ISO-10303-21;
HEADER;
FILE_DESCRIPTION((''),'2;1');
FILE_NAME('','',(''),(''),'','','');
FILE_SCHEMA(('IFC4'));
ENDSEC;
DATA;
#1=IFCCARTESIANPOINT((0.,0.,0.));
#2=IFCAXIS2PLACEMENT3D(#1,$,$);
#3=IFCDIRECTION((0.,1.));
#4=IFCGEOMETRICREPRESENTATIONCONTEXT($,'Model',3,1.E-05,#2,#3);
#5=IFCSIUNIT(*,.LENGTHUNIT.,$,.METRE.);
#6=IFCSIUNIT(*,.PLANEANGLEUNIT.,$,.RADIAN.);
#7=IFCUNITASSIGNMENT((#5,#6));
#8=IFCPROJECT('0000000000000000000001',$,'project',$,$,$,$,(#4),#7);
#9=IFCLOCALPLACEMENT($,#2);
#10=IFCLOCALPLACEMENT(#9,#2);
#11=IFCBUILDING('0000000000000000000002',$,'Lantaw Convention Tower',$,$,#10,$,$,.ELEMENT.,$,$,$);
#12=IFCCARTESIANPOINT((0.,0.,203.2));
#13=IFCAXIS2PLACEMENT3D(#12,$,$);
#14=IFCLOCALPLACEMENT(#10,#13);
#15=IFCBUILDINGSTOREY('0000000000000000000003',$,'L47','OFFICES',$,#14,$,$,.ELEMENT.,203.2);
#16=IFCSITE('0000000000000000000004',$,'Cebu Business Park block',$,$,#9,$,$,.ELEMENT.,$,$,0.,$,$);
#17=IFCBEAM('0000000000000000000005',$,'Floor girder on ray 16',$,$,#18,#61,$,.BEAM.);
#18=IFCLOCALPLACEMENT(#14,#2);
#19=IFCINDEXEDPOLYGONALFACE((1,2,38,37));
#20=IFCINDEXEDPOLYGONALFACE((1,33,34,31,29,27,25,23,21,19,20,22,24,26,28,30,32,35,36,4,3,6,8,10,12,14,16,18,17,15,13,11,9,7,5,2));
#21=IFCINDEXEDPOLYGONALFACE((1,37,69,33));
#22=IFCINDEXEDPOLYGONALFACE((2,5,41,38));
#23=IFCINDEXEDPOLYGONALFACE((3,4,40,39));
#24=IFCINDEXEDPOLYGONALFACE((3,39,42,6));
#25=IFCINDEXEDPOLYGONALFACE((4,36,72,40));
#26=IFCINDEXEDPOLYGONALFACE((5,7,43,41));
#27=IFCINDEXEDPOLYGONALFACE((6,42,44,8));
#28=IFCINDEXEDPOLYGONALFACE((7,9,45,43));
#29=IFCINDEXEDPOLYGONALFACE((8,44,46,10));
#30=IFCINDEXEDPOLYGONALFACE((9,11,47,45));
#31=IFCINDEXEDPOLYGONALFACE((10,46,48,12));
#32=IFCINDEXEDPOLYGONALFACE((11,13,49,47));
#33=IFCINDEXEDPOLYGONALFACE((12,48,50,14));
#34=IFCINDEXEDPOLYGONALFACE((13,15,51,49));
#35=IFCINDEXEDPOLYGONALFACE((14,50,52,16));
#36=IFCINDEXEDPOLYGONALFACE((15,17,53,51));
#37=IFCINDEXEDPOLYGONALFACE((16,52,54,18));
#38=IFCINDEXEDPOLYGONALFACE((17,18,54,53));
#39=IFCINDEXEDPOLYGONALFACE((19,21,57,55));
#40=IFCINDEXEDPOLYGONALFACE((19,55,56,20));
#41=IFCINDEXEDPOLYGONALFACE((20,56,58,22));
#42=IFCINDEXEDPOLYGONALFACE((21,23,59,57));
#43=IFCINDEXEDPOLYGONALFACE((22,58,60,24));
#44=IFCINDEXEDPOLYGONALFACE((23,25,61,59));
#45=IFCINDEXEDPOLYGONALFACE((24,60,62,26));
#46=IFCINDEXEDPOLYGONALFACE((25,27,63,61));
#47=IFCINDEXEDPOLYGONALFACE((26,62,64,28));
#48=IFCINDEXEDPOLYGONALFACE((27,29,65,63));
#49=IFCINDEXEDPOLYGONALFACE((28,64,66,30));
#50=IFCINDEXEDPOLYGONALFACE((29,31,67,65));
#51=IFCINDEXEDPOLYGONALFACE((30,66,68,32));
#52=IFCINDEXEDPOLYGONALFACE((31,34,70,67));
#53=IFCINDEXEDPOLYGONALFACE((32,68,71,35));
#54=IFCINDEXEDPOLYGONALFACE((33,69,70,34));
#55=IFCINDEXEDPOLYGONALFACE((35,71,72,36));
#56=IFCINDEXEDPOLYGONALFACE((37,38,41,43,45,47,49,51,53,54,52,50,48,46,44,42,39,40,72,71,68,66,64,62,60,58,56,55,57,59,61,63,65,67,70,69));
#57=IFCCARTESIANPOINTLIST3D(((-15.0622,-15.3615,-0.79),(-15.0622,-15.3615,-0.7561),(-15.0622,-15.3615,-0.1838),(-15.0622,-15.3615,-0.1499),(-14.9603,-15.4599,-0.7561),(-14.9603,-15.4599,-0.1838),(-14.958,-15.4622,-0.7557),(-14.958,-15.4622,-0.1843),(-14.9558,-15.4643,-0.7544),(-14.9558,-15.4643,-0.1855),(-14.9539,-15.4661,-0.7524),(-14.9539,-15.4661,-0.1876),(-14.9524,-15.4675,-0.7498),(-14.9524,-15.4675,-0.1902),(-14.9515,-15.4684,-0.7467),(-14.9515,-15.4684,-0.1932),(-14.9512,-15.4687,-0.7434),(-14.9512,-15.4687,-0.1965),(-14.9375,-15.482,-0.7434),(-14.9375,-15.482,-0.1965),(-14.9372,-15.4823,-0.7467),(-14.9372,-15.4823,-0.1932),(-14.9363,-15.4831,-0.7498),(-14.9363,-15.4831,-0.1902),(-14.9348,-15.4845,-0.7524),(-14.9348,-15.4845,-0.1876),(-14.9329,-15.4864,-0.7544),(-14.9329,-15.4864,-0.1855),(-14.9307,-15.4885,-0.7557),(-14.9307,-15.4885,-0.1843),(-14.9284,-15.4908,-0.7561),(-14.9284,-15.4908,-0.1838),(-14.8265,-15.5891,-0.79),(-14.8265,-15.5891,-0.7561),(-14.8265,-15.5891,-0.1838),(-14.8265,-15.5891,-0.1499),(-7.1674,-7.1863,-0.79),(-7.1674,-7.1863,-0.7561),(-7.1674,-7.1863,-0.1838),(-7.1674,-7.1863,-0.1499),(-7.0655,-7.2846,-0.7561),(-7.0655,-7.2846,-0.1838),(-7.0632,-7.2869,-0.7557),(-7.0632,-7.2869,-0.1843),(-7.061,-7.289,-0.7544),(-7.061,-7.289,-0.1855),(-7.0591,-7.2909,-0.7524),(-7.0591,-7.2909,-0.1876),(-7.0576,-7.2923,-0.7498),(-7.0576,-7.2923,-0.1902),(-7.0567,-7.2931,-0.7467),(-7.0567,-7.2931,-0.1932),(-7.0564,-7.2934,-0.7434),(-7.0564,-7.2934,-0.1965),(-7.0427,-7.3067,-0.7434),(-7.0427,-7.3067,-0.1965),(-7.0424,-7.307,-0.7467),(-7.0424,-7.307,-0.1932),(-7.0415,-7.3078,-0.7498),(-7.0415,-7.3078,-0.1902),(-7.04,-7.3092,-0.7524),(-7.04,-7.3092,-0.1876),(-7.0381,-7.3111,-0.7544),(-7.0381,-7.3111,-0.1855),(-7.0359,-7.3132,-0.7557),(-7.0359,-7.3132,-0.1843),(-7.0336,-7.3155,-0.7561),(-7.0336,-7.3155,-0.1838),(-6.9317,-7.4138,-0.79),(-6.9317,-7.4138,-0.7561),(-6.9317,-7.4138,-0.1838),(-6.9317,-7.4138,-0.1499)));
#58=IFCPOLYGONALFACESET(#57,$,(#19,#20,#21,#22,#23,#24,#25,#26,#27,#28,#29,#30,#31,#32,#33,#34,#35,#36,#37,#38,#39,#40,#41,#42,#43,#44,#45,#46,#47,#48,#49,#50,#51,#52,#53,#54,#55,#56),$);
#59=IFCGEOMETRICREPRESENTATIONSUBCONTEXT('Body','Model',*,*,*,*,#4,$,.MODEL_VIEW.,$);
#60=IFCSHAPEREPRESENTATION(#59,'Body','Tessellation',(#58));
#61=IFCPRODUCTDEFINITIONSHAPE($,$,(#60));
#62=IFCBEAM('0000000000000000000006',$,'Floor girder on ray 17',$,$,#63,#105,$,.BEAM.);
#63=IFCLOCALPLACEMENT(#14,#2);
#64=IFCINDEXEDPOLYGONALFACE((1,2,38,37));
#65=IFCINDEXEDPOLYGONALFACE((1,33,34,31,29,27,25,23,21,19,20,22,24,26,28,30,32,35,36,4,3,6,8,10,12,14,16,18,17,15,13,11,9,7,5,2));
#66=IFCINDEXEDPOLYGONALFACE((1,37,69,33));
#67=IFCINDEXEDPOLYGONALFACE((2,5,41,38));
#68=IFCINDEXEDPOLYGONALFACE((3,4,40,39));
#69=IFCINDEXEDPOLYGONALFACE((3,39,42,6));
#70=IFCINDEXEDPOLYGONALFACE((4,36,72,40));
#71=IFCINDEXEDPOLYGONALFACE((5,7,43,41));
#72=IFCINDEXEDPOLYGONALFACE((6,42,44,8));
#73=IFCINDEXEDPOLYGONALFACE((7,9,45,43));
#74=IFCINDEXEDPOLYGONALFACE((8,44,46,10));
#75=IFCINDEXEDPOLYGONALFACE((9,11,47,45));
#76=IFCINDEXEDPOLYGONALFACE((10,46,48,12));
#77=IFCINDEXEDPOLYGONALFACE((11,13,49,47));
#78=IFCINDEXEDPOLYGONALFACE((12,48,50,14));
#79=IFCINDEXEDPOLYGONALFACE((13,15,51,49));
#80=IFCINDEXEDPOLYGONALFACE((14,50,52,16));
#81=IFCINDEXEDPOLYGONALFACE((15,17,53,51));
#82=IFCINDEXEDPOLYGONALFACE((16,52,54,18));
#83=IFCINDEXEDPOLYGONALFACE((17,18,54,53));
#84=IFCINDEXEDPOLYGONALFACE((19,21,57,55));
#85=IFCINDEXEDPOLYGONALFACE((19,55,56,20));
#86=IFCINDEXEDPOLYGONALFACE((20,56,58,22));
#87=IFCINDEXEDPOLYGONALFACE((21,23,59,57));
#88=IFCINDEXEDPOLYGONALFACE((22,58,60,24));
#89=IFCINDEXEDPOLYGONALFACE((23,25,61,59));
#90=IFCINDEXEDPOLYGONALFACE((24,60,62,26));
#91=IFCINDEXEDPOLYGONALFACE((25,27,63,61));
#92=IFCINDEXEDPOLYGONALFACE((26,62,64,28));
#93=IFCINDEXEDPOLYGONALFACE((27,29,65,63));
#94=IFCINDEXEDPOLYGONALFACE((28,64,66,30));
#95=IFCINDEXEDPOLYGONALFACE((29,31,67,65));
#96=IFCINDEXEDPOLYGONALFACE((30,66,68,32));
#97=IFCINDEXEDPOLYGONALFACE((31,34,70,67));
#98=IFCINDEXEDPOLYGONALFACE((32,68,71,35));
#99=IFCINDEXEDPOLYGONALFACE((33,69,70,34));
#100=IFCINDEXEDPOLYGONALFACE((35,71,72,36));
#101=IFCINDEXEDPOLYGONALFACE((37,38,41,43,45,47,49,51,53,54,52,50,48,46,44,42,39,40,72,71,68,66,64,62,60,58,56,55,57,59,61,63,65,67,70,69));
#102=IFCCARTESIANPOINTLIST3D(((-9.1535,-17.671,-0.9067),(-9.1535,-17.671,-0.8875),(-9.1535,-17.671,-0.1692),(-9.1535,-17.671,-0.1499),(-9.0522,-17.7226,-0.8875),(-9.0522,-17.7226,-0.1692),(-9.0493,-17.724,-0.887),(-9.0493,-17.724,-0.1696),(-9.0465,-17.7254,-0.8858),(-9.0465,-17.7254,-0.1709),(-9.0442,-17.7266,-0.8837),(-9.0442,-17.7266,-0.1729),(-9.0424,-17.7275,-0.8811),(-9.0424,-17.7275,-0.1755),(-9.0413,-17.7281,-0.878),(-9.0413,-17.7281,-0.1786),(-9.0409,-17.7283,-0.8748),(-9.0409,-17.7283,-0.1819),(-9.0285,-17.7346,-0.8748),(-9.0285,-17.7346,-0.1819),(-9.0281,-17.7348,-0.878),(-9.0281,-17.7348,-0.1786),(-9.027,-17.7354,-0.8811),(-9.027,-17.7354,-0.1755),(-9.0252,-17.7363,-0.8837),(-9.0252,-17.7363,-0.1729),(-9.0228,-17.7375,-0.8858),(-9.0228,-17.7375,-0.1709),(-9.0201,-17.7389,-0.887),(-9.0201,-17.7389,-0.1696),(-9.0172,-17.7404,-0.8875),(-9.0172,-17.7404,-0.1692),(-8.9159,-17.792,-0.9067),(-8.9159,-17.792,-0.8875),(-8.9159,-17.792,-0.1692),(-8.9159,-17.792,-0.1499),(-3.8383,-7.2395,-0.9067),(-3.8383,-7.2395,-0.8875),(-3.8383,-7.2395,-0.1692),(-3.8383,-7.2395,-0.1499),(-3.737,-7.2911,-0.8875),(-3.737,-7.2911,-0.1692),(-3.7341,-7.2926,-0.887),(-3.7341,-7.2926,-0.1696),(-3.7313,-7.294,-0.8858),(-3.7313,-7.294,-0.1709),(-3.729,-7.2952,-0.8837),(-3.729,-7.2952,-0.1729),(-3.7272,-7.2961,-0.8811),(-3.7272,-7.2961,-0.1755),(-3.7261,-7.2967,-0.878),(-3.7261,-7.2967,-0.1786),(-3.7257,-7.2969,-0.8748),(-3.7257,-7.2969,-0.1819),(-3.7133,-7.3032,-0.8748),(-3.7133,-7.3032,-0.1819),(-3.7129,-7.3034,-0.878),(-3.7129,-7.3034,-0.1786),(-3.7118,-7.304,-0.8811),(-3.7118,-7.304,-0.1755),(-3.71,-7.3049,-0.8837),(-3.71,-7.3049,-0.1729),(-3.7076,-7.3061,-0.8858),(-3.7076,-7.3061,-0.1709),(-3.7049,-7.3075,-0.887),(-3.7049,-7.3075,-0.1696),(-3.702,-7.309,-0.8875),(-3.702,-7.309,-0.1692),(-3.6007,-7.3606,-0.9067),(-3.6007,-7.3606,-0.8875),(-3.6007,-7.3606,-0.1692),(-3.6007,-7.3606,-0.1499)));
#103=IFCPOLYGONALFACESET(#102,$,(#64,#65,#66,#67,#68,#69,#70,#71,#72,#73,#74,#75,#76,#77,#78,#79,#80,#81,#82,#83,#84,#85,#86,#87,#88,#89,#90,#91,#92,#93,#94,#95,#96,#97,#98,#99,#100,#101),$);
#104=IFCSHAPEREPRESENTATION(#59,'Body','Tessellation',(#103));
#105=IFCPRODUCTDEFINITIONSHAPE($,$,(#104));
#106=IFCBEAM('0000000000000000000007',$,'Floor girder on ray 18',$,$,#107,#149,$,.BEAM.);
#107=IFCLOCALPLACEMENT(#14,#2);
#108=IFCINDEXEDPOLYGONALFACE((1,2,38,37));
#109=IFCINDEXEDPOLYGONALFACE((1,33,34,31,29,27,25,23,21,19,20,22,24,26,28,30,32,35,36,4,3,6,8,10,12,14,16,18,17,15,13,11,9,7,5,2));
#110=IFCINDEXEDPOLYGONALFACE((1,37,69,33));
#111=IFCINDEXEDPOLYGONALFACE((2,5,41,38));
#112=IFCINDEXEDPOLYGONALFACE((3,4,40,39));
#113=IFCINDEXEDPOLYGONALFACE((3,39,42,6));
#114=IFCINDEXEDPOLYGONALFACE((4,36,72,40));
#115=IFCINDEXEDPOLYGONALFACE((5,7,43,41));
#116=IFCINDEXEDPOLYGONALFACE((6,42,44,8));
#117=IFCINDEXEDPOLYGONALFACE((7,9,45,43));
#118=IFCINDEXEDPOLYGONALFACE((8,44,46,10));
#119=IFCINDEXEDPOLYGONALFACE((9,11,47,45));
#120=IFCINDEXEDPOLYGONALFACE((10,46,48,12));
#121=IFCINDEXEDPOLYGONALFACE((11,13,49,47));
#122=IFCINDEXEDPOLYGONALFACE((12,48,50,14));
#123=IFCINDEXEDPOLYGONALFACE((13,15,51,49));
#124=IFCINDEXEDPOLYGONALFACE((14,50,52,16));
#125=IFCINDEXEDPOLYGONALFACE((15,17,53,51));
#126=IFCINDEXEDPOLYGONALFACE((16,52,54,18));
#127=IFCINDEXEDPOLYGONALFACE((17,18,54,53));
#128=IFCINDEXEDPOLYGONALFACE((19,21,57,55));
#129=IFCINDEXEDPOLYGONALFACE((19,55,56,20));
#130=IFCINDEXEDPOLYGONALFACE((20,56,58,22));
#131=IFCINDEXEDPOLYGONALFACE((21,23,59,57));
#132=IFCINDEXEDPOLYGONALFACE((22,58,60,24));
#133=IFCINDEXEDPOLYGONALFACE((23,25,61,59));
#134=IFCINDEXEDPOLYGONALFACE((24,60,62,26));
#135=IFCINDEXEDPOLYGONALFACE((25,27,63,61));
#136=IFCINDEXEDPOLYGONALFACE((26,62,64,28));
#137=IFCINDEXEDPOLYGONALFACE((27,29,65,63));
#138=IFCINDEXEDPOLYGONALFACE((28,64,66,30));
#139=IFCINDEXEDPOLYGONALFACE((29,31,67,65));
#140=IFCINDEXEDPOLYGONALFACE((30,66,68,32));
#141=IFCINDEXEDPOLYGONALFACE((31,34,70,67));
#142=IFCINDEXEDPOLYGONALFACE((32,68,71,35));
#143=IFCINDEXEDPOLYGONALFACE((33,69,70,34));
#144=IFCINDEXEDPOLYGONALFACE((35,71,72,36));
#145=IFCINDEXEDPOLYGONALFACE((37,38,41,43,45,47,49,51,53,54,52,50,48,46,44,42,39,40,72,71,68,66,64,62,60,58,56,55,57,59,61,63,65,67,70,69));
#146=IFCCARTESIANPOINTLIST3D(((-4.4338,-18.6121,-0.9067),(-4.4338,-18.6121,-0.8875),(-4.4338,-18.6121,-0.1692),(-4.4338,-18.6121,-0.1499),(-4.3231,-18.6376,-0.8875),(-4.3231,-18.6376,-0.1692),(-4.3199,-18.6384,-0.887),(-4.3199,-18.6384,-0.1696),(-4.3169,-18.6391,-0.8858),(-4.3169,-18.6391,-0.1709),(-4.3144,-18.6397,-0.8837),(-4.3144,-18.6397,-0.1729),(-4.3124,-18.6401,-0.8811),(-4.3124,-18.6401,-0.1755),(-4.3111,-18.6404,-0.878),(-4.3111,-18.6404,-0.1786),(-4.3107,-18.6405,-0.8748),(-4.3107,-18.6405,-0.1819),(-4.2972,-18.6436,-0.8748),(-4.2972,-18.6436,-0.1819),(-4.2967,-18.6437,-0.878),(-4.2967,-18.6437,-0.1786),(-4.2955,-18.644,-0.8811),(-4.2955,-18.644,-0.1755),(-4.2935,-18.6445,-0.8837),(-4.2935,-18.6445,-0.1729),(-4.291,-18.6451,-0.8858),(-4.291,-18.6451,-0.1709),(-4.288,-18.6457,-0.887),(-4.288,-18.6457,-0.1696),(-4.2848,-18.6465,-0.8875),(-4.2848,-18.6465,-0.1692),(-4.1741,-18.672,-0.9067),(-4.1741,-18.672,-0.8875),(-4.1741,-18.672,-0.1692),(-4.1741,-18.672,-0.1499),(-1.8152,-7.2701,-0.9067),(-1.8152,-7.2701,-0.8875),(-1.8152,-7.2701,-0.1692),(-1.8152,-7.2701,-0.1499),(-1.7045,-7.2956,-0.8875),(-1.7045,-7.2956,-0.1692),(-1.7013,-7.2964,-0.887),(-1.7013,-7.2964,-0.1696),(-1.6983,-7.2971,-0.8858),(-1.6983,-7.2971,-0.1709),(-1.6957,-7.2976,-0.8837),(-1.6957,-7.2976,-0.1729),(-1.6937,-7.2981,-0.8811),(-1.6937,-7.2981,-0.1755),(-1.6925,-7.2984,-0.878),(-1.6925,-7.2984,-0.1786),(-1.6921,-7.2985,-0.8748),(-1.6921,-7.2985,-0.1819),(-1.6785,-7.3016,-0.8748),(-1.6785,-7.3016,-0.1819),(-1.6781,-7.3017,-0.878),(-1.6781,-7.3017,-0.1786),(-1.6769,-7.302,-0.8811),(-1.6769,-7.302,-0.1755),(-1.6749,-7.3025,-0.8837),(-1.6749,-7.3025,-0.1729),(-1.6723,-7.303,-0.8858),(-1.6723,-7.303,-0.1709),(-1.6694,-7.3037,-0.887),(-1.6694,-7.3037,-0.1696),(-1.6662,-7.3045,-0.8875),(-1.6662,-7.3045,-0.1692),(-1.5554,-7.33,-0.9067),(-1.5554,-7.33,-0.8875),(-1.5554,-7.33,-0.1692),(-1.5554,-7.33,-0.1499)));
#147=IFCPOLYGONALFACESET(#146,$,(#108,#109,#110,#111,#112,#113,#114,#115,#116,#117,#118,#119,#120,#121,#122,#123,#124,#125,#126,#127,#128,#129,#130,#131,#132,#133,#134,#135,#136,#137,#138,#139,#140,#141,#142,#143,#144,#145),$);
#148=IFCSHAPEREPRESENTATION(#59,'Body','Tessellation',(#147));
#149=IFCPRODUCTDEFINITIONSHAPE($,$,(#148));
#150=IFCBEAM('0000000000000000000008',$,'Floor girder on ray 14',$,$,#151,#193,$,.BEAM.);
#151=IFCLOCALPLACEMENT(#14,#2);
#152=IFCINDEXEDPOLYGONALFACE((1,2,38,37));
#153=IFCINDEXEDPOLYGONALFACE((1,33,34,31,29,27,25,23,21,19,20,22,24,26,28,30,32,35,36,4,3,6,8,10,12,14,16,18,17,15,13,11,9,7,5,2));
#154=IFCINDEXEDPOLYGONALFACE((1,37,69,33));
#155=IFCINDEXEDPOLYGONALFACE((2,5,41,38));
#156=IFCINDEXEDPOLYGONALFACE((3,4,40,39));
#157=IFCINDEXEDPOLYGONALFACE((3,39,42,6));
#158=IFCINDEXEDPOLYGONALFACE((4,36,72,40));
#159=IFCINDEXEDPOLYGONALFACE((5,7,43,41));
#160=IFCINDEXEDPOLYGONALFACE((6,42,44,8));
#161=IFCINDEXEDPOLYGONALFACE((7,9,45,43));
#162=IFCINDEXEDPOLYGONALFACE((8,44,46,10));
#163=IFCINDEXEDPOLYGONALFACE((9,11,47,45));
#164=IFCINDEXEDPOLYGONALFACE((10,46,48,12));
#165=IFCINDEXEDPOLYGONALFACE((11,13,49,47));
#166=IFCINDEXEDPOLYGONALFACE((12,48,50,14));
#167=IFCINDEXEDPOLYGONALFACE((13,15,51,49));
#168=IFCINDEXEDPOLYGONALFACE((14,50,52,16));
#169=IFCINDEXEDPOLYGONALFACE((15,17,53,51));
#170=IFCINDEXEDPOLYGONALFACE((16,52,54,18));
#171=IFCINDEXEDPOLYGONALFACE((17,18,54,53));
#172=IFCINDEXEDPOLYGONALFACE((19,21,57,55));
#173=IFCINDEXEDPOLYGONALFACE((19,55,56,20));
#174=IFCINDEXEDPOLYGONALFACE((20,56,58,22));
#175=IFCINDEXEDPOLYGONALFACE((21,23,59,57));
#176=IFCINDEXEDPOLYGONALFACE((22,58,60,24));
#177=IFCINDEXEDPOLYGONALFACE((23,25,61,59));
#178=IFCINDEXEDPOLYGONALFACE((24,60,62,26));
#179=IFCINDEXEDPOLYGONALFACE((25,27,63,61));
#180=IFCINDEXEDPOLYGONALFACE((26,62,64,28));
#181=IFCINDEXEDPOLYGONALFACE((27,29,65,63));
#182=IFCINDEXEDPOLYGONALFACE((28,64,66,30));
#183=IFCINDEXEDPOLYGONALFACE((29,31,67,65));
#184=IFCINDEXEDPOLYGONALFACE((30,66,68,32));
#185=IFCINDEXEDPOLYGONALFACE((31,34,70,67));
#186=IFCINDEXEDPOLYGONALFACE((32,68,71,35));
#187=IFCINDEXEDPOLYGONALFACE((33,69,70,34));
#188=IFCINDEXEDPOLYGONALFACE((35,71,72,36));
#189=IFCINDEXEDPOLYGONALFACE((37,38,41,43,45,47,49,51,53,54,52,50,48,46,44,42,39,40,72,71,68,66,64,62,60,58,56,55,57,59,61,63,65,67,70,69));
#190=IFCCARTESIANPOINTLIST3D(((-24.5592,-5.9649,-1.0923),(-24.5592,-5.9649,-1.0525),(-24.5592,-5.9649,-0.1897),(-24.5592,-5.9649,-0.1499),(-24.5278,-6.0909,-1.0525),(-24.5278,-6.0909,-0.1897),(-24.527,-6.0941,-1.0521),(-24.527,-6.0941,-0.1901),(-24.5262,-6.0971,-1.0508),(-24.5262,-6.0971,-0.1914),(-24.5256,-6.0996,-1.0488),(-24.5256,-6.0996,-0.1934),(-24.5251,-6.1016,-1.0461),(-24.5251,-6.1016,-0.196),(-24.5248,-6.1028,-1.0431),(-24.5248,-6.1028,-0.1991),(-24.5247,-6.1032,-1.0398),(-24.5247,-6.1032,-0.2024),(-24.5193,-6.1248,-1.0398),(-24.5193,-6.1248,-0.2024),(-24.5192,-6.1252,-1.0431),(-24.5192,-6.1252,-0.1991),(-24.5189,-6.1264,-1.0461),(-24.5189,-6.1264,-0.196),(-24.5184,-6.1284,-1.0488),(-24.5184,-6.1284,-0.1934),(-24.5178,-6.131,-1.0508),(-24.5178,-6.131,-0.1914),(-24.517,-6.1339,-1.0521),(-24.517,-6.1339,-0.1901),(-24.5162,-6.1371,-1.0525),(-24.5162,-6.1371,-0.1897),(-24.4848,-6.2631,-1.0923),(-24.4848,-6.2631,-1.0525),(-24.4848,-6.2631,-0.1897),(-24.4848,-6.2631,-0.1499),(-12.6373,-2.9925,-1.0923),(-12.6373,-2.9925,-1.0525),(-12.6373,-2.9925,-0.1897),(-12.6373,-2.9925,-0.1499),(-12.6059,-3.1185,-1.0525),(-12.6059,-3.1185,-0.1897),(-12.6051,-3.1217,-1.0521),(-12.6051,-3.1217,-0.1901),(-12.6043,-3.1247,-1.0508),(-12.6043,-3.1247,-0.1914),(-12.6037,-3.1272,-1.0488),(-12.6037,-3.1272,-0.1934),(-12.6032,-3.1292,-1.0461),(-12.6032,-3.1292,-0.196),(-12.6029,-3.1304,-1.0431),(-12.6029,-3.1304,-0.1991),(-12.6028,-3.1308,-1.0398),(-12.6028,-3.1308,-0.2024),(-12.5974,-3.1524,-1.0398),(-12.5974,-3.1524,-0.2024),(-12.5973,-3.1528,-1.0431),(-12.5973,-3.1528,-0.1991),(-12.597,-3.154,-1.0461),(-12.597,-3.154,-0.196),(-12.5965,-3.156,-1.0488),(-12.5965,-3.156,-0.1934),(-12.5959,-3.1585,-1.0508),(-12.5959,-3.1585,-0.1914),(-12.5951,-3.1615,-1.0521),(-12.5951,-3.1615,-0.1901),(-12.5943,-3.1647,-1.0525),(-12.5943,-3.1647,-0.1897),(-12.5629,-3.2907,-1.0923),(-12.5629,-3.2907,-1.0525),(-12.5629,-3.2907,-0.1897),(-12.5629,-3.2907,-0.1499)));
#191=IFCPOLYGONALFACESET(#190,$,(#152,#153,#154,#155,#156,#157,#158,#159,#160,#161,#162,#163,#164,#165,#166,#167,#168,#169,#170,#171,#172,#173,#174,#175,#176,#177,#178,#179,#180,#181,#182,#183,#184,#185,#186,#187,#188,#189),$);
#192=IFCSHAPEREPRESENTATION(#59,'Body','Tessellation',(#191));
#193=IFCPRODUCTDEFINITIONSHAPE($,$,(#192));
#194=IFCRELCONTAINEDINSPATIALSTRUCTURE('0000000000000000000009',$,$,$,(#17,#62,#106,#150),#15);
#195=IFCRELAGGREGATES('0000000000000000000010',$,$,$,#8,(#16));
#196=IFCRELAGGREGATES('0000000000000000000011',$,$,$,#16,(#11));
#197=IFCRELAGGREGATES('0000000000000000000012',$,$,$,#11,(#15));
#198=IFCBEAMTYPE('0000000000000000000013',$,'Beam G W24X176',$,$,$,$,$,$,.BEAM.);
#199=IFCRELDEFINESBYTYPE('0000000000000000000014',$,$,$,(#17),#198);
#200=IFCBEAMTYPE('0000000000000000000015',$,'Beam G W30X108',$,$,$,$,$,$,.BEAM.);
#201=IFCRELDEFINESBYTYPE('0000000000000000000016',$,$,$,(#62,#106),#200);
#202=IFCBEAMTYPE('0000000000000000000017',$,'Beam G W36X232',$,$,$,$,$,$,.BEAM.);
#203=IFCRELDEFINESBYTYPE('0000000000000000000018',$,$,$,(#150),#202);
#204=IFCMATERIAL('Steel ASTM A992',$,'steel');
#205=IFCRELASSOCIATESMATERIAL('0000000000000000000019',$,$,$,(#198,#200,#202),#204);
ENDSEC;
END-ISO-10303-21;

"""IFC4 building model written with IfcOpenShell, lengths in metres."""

from ifc_helpers import new_model, si_unit, direction, frame, origin, origin_2d, place, context, subcontext, project, spatial, i_section, extrude, material, material_profile, profile_set, type_object, element, save


model = new_model("IFC4")

# Units and contexts
model_context = context("Model", 3, precision=1e-05, world=origin(), true_north=direction((0.0, 1.0)))
body_context = subcontext(model_context, "Body", "Model", "MODEL_VIEW")
ifc_project = project(units=[si_unit("LENGTHUNIT", "METRE"), si_unit("PLANEANGLEUNIT", "RADIAN")], contexts=[model_context])

# Site, building, storey
site_placement = place(None, origin())
site = spatial("IfcSite", under=ifc_project, at=site_placement, Name="Cebu Business Park block", CompositionType="ELEMENT", RefElevation=0.0)
building_placement = place(site_placement, origin())
building = spatial("IfcBuilding", under=site, at=building_placement, Name="Lantaw Convention Tower", CompositionType="ELEMENT")
storey_placement = place(building_placement, frame((0.0, 0.0, 203.2)))
storey = spatial("IfcBuildingStorey", under=building, at=storey_placement, Name="L47", Description="OFFICES", CompositionType="ELEMENT", Elevation=203.2)

# Beams
ifc_material_1 = material(Name="Steel ASTM A992", Category="steel")
ifc_material_profile_1 = material_profile(ifc_material_1, i_section(OverallWidth=0.3276, OverallDepth=0.6401, WebThickness=0.019, FlangeThickness=0.0339, FilletRadius=0.0127, at=origin_2d()), Name="W24X176")
ifc_profile_set_1 = profile_set([ifc_material_profile_1], Name="Steel ASTM A992")
beam_type_1 = type_object("IfcBeamType", Name="Beam G W24X176", PredefinedType="BEAM", material=ifc_profile_set_1)
beam_1_placement = place(storey_placement, frame((-7.0496, -7.3, -0.47), z_axis=(-0.694658, -0.71934, 0.0), x_axis=(0.71934, -0.694658, 0.0)))
element("IfcBeam", 1, at=beam_1_placement, inside=storey, type_object=beam_type_1, Name="Floor girder on ray 16", PredefinedType="BEAM", context=body_context, shape_type="SweptSolid", body=[
    extrude(i_section(OverallWidth=0.3276, OverallDepth=0.6401, WebThickness=0.019, FlangeThickness=0.0339, FilletRadius=0.0127, at=origin_2d()), origin(), (0.0, 0.0, 1.0), 11.365),
])
ifc_material_profile_2 = material_profile(ifc_material_1, i_section(OverallWidth=0.2666, OverallDepth=0.7568, WebThickness=0.0139, FlangeThickness=0.0193, FilletRadius=0.0127, at=origin_2d()), Name="W30X108")
ifc_profile_set_2 = profile_set([ifc_material_profile_2], Name="Steel ASTM A992")
beam_type_2 = type_object("IfcBeamType", Name="Beam G W30X108", PredefinedType="BEAM", material=ifc_profile_set_2)
beam_2_placement = place(storey_placement, frame((-3.7195, -7.3, -0.5283), z_axis=(-0.453999, -0.891002, 0.0), x_axis=(0.891002, -0.453999, 0.0)))
element("IfcBeam", 2, at=beam_2_placement, inside=storey, type_object=beam_type_2, Name="Floor girder on ray 17", PredefinedType="BEAM", context=body_context, shape_type="SweptSolid", body=[
    extrude(i_section(OverallWidth=0.2666, OverallDepth=0.7568, WebThickness=0.0139, FlangeThickness=0.0193, FilletRadius=0.0127, at=origin_2d()), origin(), (0.0, 0.0, 1.0), 11.7075),
])
beam_3_placement = place(storey_placement, frame((-1.6853, -7.3, -0.5283), z_axis=(-0.224962, -0.974368, 0.0), x_axis=(0.974368, -0.224962, 0.0)))
element("IfcBeam", 3, at=beam_3_placement, inside=storey, type_object=beam_type_2, Name="Floor girder on ray 18", PredefinedType="BEAM", context=body_context, shape_type="SweptSolid", body=[
    extrude(i_section(OverallWidth=0.2666, OverallDepth=0.7568, WebThickness=0.0139, FlangeThickness=0.0193, FilletRadius=0.0127, at=origin_2d()), origin(), (0.0, 0.0, 1.0), 11.6404),
])
ifc_material_profile_3 = material_profile(ifc_material_1, i_section(OverallWidth=0.3074, OverallDepth=0.9424, WebThickness=0.0222, FlangeThickness=0.0398, FilletRadius=0.0127, at=origin_2d()), Name="W36X232")
ifc_profile_set_3 = profile_set([ifc_material_profile_3], Name="Steel ASTM A992")
beam_type_3 = type_object("IfcBeamType", Name="Beam G W36X232", PredefinedType="BEAM", material=ifc_profile_set_3)
beam_4_placement = place(storey_placement, frame((-12.6001, -3.1416, -0.6211), z_axis=(-0.970297, -0.241918, 0.0), x_axis=(0.241918, -0.970297, 0.0)))
element("IfcBeam", 4, at=beam_4_placement, inside=storey, type_object=beam_type_3, Name="Floor girder on ray 14", PredefinedType="BEAM", context=body_context, shape_type="SweptSolid", body=[
    extrude(i_section(OverallWidth=0.3074, OverallDepth=0.9424, WebThickness=0.0222, FlangeThickness=0.0398, FilletRadius=0.0127, at=origin_2d()), origin(), (0.0, 0.0, 1.0), 12.2869),
])

save(model, "model.ifc")
